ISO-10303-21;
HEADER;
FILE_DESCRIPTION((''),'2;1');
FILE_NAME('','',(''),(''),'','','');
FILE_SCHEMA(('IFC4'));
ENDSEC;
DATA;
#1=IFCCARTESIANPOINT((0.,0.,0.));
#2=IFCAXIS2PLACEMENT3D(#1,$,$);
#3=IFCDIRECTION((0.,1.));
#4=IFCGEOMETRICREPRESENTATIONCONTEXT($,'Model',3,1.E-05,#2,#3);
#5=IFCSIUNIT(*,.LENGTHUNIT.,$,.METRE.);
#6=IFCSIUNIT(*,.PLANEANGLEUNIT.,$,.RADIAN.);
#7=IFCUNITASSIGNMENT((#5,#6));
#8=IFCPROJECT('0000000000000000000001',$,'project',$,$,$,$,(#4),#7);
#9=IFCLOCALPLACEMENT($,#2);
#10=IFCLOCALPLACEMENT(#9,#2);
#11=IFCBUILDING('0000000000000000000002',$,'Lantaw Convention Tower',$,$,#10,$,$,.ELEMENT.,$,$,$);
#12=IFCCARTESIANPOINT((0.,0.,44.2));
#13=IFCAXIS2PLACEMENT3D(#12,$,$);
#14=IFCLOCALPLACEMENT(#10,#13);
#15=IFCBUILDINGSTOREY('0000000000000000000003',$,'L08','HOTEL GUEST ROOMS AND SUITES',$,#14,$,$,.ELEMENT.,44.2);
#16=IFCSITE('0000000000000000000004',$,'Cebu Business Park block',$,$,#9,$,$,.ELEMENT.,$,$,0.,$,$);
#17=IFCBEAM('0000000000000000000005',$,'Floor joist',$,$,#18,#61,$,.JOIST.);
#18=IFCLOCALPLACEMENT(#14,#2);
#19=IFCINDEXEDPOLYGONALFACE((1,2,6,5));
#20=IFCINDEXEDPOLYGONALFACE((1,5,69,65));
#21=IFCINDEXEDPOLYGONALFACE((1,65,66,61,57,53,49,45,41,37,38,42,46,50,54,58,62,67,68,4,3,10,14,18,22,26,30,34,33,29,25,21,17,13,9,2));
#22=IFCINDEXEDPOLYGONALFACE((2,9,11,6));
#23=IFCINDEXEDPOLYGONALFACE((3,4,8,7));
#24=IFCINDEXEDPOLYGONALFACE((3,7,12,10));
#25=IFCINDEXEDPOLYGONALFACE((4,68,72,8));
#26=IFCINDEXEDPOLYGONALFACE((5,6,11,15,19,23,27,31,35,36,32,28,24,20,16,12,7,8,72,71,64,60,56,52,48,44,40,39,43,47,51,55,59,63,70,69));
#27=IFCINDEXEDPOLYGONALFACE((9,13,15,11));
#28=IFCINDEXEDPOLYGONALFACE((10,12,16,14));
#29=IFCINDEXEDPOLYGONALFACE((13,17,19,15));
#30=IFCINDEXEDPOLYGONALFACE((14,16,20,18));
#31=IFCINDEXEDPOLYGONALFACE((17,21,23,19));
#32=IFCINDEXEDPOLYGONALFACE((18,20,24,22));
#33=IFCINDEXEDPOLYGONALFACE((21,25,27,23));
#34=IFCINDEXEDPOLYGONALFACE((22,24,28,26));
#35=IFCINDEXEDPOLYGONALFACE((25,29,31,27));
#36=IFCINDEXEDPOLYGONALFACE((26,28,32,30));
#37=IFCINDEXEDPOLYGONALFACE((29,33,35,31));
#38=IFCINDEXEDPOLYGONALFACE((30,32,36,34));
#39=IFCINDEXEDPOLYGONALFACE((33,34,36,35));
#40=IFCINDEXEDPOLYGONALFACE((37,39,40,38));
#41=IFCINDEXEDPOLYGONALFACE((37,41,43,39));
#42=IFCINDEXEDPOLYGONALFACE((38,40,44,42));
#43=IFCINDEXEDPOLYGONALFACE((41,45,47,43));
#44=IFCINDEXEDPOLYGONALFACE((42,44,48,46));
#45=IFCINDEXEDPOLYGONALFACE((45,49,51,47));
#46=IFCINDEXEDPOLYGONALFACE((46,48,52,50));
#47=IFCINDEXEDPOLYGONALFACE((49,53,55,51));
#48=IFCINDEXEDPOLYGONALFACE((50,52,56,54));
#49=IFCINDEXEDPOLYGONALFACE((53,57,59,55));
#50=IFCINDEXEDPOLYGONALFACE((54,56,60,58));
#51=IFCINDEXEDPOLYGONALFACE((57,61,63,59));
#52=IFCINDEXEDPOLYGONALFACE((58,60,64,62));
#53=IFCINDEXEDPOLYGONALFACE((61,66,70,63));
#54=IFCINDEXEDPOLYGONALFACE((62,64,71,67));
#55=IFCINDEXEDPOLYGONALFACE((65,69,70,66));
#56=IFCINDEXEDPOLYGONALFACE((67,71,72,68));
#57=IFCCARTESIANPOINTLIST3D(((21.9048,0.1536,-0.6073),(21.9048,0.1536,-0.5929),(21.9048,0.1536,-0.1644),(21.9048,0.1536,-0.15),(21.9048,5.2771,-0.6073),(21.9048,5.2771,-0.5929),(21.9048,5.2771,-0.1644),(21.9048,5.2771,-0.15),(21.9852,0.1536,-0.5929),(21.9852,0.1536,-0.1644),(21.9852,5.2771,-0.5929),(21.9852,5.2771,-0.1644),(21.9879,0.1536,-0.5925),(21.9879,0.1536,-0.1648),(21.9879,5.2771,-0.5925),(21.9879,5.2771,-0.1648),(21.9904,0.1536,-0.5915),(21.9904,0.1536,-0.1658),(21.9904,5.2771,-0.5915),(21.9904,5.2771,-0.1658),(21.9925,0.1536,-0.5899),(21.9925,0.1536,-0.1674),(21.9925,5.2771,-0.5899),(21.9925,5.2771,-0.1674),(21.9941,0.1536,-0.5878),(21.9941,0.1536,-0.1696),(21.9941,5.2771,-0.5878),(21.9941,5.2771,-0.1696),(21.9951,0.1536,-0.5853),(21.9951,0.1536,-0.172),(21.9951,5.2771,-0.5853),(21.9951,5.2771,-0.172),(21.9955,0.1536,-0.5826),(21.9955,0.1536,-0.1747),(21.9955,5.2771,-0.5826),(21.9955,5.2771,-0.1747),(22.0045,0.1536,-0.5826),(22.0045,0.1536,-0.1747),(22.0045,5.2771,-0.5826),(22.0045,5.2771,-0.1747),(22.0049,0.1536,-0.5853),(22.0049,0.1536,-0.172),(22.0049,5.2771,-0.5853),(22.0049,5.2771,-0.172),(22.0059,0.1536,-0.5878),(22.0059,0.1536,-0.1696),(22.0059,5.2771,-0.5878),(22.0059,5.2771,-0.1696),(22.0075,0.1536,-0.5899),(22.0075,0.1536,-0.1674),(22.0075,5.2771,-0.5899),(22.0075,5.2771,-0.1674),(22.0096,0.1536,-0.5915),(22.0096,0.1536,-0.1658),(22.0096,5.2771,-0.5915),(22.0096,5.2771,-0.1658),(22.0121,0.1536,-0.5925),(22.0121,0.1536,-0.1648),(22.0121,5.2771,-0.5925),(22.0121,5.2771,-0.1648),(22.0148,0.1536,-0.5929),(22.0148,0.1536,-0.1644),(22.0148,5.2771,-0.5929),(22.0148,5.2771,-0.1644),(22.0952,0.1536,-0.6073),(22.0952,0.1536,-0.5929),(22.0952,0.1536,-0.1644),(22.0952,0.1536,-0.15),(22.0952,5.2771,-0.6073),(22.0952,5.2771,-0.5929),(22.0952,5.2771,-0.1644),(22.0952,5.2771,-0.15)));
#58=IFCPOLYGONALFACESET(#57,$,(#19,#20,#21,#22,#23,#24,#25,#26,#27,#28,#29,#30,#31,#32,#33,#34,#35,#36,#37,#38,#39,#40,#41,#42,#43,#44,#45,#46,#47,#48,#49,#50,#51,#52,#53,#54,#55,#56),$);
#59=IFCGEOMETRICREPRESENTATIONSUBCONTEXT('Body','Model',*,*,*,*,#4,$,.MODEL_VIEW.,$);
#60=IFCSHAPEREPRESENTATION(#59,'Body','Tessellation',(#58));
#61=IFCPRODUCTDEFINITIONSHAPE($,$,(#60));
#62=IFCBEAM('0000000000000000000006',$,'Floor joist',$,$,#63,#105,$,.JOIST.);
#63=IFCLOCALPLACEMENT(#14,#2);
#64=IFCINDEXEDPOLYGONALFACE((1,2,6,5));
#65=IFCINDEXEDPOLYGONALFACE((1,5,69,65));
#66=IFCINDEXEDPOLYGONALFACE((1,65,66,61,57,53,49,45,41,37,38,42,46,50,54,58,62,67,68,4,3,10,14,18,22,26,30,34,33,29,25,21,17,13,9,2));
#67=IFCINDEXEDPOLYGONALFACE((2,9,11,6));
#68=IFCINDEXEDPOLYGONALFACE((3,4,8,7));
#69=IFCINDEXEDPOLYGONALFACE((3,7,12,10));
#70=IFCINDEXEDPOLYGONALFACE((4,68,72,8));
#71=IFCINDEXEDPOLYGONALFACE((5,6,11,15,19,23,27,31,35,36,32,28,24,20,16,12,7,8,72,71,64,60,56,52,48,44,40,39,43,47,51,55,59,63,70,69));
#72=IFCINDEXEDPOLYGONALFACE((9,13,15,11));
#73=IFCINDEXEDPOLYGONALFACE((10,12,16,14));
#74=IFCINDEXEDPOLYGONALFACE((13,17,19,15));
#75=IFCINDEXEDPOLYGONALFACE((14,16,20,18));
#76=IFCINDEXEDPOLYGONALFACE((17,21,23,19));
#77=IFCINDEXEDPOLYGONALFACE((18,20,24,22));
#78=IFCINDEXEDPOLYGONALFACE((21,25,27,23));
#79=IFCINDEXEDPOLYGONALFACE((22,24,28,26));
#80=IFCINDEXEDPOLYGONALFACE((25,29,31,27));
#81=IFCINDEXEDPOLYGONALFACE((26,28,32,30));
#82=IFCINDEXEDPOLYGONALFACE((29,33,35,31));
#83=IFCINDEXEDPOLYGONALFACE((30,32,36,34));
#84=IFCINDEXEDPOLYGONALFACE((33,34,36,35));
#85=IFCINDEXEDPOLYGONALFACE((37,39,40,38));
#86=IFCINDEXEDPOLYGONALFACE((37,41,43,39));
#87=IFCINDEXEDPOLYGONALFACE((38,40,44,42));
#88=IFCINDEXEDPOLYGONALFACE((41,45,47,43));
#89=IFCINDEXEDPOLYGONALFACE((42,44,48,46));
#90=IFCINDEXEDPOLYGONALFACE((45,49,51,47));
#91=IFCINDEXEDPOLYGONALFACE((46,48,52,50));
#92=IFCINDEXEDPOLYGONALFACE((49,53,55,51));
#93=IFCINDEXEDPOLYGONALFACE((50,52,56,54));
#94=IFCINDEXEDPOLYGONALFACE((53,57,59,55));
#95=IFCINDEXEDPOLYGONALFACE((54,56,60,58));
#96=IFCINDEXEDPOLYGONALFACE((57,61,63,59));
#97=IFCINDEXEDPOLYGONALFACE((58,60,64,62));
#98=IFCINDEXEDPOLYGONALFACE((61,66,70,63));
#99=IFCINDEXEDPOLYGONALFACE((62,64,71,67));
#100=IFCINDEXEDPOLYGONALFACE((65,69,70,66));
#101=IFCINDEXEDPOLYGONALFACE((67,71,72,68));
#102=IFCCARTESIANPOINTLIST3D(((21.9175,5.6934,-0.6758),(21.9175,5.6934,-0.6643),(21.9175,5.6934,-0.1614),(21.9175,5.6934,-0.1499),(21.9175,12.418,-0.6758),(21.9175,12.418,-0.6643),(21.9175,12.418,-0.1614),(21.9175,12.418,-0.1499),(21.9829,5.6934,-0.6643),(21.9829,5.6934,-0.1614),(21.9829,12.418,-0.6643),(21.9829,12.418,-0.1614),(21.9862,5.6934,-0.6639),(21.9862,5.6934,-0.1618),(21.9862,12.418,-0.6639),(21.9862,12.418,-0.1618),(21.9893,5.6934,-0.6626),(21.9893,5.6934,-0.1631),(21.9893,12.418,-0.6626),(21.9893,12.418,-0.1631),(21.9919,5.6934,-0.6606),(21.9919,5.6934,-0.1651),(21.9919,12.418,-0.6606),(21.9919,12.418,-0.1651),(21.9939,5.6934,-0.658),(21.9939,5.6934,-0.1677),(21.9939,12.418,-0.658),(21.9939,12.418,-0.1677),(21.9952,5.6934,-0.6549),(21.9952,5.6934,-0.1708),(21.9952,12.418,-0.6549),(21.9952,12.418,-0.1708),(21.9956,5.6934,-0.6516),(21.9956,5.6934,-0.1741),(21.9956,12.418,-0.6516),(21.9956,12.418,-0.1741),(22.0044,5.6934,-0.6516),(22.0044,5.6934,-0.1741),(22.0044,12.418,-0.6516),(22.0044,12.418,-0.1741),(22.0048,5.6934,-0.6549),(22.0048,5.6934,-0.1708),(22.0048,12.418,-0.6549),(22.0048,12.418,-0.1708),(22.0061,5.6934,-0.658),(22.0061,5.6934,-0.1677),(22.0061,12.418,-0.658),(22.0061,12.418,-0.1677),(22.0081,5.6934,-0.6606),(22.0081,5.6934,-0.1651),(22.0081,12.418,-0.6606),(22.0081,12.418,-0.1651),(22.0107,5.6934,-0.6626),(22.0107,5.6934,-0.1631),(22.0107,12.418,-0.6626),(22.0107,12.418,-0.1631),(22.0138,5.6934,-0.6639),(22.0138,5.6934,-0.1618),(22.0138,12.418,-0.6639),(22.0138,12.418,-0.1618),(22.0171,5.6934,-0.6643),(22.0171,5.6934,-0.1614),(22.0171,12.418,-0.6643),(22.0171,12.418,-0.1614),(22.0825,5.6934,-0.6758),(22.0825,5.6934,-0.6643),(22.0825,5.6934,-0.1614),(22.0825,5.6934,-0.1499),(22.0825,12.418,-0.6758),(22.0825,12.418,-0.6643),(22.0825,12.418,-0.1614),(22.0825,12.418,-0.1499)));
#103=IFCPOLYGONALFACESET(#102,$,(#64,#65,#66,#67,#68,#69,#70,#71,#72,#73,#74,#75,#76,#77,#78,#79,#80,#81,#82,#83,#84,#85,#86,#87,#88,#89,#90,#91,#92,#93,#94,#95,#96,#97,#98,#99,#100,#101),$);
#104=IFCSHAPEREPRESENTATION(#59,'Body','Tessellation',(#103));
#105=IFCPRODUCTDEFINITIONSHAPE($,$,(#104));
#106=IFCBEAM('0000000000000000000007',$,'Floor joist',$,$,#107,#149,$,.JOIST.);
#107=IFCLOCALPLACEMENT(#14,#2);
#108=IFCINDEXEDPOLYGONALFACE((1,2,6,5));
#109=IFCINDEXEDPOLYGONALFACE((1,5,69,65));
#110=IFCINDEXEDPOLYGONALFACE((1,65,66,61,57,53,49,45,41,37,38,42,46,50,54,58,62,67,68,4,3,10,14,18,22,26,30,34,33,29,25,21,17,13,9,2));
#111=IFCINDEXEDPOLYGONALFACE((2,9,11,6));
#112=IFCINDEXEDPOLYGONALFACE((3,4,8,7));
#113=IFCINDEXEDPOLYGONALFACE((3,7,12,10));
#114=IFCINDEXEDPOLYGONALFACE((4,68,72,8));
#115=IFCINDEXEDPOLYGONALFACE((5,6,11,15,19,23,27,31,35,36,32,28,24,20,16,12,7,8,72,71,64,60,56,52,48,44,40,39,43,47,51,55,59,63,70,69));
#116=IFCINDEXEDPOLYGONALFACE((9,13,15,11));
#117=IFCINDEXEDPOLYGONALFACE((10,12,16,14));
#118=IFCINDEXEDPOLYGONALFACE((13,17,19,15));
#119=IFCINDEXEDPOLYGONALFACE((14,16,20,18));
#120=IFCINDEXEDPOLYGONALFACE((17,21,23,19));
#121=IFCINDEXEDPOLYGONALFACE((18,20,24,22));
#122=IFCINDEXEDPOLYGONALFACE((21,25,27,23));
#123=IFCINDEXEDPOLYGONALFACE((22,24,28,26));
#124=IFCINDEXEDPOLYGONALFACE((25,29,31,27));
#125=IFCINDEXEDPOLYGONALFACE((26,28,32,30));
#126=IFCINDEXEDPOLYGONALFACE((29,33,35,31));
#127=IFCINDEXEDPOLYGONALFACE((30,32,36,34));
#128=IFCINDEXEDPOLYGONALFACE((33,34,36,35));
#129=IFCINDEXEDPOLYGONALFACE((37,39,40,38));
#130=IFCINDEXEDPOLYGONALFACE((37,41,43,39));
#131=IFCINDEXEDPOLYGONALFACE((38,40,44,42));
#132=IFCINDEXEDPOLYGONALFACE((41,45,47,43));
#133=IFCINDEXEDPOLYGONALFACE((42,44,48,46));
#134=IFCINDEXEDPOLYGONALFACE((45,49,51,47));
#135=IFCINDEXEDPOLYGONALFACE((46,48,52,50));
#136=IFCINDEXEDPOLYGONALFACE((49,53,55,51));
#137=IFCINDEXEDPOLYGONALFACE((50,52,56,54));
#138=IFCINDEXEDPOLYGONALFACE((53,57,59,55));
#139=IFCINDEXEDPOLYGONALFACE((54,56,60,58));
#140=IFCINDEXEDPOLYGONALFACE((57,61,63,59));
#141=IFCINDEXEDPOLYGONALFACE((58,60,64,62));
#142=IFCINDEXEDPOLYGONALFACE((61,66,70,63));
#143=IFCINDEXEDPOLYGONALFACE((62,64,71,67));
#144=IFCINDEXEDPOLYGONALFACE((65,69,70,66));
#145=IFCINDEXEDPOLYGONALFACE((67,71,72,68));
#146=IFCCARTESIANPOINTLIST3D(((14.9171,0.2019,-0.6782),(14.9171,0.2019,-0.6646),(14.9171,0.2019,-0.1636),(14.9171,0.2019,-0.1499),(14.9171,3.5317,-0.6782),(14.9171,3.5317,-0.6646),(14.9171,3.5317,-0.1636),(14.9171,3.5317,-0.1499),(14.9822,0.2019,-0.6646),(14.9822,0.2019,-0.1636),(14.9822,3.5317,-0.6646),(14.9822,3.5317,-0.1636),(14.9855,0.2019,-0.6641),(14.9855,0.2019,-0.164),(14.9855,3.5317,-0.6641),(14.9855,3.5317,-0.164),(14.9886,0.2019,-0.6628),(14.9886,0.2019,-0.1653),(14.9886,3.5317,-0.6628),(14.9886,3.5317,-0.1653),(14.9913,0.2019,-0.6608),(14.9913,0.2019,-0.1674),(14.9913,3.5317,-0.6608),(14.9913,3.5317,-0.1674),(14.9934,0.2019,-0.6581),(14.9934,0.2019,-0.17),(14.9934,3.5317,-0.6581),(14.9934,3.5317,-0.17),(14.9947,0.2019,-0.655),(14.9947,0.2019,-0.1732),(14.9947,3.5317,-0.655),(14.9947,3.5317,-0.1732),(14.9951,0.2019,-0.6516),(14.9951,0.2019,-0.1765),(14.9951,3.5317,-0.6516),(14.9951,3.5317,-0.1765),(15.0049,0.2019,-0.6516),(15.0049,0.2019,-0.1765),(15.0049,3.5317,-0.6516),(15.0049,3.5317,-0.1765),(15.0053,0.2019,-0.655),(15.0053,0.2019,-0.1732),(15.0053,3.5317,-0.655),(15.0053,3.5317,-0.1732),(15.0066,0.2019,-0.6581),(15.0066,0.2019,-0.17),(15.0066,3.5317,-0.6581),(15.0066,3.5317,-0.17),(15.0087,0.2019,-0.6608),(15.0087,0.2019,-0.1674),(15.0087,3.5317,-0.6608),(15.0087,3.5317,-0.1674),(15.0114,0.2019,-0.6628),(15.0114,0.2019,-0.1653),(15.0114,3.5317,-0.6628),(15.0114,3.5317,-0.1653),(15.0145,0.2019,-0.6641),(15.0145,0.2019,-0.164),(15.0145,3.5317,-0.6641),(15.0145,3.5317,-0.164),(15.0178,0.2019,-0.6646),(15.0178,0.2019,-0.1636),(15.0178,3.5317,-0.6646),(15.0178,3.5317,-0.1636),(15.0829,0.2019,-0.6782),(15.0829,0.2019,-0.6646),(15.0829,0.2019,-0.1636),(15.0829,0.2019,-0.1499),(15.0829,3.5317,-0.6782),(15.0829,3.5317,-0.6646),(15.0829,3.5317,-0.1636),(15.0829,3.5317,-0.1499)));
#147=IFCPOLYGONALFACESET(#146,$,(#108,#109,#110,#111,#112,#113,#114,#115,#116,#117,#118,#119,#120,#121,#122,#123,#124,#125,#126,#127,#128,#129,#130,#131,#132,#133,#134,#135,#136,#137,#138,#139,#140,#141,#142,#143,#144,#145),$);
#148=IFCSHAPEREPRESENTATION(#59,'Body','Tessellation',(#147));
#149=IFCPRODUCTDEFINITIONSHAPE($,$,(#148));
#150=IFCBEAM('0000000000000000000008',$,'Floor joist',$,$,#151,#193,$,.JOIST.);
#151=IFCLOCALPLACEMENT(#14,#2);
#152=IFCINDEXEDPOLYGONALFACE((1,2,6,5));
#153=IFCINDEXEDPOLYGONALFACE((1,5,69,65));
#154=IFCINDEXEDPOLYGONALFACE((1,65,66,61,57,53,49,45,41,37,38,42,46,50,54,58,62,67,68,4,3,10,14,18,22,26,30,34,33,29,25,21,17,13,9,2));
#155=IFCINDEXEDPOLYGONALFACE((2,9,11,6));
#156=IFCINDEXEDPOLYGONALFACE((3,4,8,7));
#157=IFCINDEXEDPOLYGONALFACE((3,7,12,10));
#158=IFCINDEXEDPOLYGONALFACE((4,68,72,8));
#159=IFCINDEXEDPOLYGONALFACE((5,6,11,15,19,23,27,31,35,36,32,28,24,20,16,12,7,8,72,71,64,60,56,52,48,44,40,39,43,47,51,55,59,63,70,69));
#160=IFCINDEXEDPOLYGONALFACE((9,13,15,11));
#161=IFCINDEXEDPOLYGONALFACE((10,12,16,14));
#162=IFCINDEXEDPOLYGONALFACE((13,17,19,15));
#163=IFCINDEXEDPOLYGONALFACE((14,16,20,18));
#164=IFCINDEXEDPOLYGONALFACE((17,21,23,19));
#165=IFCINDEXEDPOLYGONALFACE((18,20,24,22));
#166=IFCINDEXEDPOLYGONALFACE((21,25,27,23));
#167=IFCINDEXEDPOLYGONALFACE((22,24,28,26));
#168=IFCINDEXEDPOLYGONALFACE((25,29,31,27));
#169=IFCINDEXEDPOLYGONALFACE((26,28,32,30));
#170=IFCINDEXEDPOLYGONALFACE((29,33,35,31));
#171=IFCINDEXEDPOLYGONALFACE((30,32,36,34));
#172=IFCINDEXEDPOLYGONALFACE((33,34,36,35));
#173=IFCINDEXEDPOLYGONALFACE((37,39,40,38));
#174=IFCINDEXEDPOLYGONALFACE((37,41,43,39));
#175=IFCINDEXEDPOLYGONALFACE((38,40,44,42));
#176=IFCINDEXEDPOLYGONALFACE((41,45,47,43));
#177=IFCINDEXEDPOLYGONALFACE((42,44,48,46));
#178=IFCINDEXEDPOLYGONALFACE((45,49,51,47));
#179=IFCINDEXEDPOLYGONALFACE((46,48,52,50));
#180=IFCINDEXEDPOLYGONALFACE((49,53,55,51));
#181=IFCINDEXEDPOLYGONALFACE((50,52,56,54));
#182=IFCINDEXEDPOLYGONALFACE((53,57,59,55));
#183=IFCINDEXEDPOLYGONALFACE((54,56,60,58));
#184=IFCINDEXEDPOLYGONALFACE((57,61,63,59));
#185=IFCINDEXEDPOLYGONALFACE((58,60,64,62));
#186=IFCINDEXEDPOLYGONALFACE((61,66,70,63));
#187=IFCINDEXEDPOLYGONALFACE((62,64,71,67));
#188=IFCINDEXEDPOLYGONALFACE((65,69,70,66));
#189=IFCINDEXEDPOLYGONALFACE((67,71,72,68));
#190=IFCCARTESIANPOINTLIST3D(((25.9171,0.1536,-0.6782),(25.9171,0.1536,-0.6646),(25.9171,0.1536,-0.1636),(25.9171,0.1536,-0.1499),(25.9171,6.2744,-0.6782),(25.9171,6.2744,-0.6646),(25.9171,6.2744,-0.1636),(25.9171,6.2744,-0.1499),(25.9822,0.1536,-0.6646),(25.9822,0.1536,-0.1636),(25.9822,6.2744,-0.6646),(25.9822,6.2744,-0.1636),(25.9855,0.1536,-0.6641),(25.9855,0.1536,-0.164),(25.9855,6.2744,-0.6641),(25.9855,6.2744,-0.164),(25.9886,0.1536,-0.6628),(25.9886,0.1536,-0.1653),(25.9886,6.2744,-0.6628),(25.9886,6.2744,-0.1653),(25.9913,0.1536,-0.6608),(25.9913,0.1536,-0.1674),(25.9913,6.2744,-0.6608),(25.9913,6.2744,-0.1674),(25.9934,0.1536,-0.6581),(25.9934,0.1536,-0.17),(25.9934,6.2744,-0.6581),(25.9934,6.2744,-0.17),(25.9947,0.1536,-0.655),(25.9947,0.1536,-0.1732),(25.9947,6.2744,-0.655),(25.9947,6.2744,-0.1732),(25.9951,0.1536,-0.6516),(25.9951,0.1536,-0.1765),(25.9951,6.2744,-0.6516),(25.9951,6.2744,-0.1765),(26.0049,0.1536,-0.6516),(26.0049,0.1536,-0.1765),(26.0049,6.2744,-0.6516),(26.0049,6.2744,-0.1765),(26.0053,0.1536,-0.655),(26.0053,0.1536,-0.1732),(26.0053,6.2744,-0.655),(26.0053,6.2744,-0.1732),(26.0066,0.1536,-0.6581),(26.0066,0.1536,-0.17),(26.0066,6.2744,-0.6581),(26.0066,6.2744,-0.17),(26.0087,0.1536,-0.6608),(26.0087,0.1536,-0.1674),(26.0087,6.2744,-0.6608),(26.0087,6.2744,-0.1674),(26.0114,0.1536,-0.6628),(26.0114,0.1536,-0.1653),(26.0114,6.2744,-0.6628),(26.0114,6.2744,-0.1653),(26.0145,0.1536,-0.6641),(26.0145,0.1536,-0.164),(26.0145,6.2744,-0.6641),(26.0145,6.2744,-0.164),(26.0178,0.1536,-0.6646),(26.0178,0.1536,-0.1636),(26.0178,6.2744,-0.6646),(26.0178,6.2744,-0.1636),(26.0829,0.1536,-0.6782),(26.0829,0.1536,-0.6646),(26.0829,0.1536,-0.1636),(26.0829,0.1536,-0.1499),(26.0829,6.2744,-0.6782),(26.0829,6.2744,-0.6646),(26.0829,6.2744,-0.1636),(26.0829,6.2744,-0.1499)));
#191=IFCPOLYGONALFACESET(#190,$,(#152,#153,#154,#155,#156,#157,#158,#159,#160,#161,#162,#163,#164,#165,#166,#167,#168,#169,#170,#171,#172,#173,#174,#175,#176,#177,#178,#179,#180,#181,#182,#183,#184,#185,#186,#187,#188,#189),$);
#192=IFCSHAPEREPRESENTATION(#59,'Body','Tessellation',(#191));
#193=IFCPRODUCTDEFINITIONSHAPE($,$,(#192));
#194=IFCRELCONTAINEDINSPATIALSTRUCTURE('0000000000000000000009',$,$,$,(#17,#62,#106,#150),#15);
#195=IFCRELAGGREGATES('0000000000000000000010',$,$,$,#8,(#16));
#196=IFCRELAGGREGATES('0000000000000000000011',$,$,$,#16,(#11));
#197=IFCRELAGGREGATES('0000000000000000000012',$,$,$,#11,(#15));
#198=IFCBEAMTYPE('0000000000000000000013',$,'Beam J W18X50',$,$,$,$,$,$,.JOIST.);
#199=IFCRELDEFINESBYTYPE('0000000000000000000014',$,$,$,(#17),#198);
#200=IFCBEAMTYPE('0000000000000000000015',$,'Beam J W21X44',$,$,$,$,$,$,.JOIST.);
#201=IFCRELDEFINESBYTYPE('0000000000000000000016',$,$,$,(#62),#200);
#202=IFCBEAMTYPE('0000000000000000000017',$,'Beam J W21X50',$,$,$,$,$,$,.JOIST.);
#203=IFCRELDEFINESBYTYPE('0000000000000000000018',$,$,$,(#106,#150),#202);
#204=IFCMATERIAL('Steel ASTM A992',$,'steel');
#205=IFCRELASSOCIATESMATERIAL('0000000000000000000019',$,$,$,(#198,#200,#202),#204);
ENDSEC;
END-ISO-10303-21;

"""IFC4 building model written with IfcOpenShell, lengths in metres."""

from ifc_helpers import new_model, si_unit, direction, frame, origin, origin_2d, place, context, subcontext, project, spatial, i_section, extrude, material, material_profile, profile_set, type_object, element, save


model = new_model("IFC4")

# Units and contexts
model_context = context("Model", 3, precision=1e-05, world=origin(), true_north=direction((0.0, 1.0)))
body_context = subcontext(model_context, "Body", "Model", "MODEL_VIEW")
ifc_project = project(units=[si_unit("LENGTHUNIT", "METRE"), si_unit("PLANEANGLEUNIT", "RADIAN")], contexts=[model_context])

# Site, building, storey
site_placement = place(None, origin())
site = spatial("IfcSite", under=ifc_project, at=site_placement, Name="Cebu Business Park block", CompositionType="ELEMENT", RefElevation=0.0)
building_placement = place(site_placement, origin())
building = spatial("IfcBuilding", under=site, at=building_placement, Name="Lantaw Convention Tower", CompositionType="ELEMENT")
storey_placement = place(building_placement, frame((0.0, 0.0, 44.2)))
storey = spatial("IfcBuildingStorey", under=building, at=storey_placement, Name="L08", Description="HOTEL GUEST ROOMS AND SUITES", CompositionType="ELEMENT", Elevation=44.2)

# Beams
ifc_material_1 = material(Name="Steel ASTM A992", Category="steel")
ifc_material_profile_1 = material_profile(ifc_material_1, i_section(OverallWidth=0.1904, OverallDepth=0.4573, WebThickness=0.009, FlangeThickness=0.0144, FilletRadius=0.0103, at=origin_2d()), Name="W18X50")
ifc_profile_set_1 = profile_set([ifc_material_profile_1], Name="Steel ASTM A992")
beam_type_1 = type_object("IfcBeamType", Name="Beam J W18X50", PredefinedType="JOIST", material=ifc_profile_set_1)
beam_1_placement = place(storey_placement, frame((22.0, 0.1536, -0.3787), z_axis=(0.0, 1.0, 0.0), x_axis=(-1.0, 0.0, 0.0)))
element("IfcBeam", 1, at=beam_1_placement, inside=storey, type_object=beam_type_1, Name="Floor joist", PredefinedType="JOIST", context=body_context, shape_type="SweptSolid", body=[
    extrude(i_section(OverallWidth=0.1904, OverallDepth=0.4573, WebThickness=0.009, FlangeThickness=0.0144, FilletRadius=0.0103, at=origin_2d()), origin(), (0.0, 0.0, 1.0), 5.1235),
])
ifc_material_profile_2 = material_profile(ifc_material_1, i_section(OverallWidth=0.165, OverallDepth=0.5259, WebThickness=0.0088, FlangeThickness=0.0115, FilletRadius=0.0127, at=origin_2d()), Name="W21X44")
ifc_profile_set_2 = profile_set([ifc_material_profile_2], Name="Steel ASTM A992")
beam_type_2 = type_object("IfcBeamType", Name="Beam J W21X44", PredefinedType="JOIST", material=ifc_profile_set_2)
beam_2_placement = place(storey_placement, frame((22.0, 5.6934, -0.4128), z_axis=(0.0, 1.0, 0.0), x_axis=(-1.0, 0.0, 0.0)))
element("IfcBeam", 2, at=beam_2_placement, inside=storey, type_object=beam_type_2, Name="Floor joist", PredefinedType="JOIST", context=body_context, shape_type="SweptSolid", body=[
    extrude(i_section(OverallWidth=0.165, OverallDepth=0.5259, WebThickness=0.0088, FlangeThickness=0.0115, FilletRadius=0.0127, at=origin_2d()), origin(), (0.0, 0.0, 1.0), 6.7246),
])
ifc_material_profile_3 = material_profile(ifc_material_1, i_section(OverallWidth=0.1658, OverallDepth=0.5283, WebThickness=0.0098, FlangeThickness=0.0137, FilletRadius=0.0129, at=origin_2d()), Name="W21X50")
ifc_profile_set_3 = profile_set([ifc_material_profile_3], Name="Steel ASTM A992")
beam_type_3 = type_object("IfcBeamType", Name="Beam J W21X50", PredefinedType="JOIST", material=ifc_profile_set_3)
beam_3_placement = place(storey_placement, frame((15.0, 0.2019, -0.4141), z_axis=(0.0, 1.0, 0.0), x_axis=(-1.0, 0.0, 0.0)))
element("IfcBeam", 3, at=beam_3_placement, inside=storey, type_object=beam_type_3, Name="Floor joist", PredefinedType="JOIST", context=body_context, shape_type="SweptSolid", body=[
    extrude(i_section(OverallWidth=0.1658, OverallDepth=0.5283, WebThickness=0.0098, FlangeThickness=0.0137, FilletRadius=0.0129, at=origin_2d()), origin(), (0.0, 0.0, 1.0), 3.3298),
])
beam_4_placement = place(storey_placement, frame((26.0, 0.1536, -0.4141), z_axis=(0.0, 1.0, 0.0), x_axis=(-1.0, 0.0, 0.0)))
element("IfcBeam", 4, at=beam_4_placement, inside=storey, type_object=beam_type_3, Name="Floor joist", PredefinedType="JOIST", context=body_context, shape_type="SweptSolid", body=[
    extrude(i_section(OverallWidth=0.1658, OverallDepth=0.5283, WebThickness=0.0098, FlangeThickness=0.0137, FilletRadius=0.0129, at=origin_2d()), origin(), (0.0, 0.0, 1.0), 6.1208),
])

save(model, "model.ifc")
